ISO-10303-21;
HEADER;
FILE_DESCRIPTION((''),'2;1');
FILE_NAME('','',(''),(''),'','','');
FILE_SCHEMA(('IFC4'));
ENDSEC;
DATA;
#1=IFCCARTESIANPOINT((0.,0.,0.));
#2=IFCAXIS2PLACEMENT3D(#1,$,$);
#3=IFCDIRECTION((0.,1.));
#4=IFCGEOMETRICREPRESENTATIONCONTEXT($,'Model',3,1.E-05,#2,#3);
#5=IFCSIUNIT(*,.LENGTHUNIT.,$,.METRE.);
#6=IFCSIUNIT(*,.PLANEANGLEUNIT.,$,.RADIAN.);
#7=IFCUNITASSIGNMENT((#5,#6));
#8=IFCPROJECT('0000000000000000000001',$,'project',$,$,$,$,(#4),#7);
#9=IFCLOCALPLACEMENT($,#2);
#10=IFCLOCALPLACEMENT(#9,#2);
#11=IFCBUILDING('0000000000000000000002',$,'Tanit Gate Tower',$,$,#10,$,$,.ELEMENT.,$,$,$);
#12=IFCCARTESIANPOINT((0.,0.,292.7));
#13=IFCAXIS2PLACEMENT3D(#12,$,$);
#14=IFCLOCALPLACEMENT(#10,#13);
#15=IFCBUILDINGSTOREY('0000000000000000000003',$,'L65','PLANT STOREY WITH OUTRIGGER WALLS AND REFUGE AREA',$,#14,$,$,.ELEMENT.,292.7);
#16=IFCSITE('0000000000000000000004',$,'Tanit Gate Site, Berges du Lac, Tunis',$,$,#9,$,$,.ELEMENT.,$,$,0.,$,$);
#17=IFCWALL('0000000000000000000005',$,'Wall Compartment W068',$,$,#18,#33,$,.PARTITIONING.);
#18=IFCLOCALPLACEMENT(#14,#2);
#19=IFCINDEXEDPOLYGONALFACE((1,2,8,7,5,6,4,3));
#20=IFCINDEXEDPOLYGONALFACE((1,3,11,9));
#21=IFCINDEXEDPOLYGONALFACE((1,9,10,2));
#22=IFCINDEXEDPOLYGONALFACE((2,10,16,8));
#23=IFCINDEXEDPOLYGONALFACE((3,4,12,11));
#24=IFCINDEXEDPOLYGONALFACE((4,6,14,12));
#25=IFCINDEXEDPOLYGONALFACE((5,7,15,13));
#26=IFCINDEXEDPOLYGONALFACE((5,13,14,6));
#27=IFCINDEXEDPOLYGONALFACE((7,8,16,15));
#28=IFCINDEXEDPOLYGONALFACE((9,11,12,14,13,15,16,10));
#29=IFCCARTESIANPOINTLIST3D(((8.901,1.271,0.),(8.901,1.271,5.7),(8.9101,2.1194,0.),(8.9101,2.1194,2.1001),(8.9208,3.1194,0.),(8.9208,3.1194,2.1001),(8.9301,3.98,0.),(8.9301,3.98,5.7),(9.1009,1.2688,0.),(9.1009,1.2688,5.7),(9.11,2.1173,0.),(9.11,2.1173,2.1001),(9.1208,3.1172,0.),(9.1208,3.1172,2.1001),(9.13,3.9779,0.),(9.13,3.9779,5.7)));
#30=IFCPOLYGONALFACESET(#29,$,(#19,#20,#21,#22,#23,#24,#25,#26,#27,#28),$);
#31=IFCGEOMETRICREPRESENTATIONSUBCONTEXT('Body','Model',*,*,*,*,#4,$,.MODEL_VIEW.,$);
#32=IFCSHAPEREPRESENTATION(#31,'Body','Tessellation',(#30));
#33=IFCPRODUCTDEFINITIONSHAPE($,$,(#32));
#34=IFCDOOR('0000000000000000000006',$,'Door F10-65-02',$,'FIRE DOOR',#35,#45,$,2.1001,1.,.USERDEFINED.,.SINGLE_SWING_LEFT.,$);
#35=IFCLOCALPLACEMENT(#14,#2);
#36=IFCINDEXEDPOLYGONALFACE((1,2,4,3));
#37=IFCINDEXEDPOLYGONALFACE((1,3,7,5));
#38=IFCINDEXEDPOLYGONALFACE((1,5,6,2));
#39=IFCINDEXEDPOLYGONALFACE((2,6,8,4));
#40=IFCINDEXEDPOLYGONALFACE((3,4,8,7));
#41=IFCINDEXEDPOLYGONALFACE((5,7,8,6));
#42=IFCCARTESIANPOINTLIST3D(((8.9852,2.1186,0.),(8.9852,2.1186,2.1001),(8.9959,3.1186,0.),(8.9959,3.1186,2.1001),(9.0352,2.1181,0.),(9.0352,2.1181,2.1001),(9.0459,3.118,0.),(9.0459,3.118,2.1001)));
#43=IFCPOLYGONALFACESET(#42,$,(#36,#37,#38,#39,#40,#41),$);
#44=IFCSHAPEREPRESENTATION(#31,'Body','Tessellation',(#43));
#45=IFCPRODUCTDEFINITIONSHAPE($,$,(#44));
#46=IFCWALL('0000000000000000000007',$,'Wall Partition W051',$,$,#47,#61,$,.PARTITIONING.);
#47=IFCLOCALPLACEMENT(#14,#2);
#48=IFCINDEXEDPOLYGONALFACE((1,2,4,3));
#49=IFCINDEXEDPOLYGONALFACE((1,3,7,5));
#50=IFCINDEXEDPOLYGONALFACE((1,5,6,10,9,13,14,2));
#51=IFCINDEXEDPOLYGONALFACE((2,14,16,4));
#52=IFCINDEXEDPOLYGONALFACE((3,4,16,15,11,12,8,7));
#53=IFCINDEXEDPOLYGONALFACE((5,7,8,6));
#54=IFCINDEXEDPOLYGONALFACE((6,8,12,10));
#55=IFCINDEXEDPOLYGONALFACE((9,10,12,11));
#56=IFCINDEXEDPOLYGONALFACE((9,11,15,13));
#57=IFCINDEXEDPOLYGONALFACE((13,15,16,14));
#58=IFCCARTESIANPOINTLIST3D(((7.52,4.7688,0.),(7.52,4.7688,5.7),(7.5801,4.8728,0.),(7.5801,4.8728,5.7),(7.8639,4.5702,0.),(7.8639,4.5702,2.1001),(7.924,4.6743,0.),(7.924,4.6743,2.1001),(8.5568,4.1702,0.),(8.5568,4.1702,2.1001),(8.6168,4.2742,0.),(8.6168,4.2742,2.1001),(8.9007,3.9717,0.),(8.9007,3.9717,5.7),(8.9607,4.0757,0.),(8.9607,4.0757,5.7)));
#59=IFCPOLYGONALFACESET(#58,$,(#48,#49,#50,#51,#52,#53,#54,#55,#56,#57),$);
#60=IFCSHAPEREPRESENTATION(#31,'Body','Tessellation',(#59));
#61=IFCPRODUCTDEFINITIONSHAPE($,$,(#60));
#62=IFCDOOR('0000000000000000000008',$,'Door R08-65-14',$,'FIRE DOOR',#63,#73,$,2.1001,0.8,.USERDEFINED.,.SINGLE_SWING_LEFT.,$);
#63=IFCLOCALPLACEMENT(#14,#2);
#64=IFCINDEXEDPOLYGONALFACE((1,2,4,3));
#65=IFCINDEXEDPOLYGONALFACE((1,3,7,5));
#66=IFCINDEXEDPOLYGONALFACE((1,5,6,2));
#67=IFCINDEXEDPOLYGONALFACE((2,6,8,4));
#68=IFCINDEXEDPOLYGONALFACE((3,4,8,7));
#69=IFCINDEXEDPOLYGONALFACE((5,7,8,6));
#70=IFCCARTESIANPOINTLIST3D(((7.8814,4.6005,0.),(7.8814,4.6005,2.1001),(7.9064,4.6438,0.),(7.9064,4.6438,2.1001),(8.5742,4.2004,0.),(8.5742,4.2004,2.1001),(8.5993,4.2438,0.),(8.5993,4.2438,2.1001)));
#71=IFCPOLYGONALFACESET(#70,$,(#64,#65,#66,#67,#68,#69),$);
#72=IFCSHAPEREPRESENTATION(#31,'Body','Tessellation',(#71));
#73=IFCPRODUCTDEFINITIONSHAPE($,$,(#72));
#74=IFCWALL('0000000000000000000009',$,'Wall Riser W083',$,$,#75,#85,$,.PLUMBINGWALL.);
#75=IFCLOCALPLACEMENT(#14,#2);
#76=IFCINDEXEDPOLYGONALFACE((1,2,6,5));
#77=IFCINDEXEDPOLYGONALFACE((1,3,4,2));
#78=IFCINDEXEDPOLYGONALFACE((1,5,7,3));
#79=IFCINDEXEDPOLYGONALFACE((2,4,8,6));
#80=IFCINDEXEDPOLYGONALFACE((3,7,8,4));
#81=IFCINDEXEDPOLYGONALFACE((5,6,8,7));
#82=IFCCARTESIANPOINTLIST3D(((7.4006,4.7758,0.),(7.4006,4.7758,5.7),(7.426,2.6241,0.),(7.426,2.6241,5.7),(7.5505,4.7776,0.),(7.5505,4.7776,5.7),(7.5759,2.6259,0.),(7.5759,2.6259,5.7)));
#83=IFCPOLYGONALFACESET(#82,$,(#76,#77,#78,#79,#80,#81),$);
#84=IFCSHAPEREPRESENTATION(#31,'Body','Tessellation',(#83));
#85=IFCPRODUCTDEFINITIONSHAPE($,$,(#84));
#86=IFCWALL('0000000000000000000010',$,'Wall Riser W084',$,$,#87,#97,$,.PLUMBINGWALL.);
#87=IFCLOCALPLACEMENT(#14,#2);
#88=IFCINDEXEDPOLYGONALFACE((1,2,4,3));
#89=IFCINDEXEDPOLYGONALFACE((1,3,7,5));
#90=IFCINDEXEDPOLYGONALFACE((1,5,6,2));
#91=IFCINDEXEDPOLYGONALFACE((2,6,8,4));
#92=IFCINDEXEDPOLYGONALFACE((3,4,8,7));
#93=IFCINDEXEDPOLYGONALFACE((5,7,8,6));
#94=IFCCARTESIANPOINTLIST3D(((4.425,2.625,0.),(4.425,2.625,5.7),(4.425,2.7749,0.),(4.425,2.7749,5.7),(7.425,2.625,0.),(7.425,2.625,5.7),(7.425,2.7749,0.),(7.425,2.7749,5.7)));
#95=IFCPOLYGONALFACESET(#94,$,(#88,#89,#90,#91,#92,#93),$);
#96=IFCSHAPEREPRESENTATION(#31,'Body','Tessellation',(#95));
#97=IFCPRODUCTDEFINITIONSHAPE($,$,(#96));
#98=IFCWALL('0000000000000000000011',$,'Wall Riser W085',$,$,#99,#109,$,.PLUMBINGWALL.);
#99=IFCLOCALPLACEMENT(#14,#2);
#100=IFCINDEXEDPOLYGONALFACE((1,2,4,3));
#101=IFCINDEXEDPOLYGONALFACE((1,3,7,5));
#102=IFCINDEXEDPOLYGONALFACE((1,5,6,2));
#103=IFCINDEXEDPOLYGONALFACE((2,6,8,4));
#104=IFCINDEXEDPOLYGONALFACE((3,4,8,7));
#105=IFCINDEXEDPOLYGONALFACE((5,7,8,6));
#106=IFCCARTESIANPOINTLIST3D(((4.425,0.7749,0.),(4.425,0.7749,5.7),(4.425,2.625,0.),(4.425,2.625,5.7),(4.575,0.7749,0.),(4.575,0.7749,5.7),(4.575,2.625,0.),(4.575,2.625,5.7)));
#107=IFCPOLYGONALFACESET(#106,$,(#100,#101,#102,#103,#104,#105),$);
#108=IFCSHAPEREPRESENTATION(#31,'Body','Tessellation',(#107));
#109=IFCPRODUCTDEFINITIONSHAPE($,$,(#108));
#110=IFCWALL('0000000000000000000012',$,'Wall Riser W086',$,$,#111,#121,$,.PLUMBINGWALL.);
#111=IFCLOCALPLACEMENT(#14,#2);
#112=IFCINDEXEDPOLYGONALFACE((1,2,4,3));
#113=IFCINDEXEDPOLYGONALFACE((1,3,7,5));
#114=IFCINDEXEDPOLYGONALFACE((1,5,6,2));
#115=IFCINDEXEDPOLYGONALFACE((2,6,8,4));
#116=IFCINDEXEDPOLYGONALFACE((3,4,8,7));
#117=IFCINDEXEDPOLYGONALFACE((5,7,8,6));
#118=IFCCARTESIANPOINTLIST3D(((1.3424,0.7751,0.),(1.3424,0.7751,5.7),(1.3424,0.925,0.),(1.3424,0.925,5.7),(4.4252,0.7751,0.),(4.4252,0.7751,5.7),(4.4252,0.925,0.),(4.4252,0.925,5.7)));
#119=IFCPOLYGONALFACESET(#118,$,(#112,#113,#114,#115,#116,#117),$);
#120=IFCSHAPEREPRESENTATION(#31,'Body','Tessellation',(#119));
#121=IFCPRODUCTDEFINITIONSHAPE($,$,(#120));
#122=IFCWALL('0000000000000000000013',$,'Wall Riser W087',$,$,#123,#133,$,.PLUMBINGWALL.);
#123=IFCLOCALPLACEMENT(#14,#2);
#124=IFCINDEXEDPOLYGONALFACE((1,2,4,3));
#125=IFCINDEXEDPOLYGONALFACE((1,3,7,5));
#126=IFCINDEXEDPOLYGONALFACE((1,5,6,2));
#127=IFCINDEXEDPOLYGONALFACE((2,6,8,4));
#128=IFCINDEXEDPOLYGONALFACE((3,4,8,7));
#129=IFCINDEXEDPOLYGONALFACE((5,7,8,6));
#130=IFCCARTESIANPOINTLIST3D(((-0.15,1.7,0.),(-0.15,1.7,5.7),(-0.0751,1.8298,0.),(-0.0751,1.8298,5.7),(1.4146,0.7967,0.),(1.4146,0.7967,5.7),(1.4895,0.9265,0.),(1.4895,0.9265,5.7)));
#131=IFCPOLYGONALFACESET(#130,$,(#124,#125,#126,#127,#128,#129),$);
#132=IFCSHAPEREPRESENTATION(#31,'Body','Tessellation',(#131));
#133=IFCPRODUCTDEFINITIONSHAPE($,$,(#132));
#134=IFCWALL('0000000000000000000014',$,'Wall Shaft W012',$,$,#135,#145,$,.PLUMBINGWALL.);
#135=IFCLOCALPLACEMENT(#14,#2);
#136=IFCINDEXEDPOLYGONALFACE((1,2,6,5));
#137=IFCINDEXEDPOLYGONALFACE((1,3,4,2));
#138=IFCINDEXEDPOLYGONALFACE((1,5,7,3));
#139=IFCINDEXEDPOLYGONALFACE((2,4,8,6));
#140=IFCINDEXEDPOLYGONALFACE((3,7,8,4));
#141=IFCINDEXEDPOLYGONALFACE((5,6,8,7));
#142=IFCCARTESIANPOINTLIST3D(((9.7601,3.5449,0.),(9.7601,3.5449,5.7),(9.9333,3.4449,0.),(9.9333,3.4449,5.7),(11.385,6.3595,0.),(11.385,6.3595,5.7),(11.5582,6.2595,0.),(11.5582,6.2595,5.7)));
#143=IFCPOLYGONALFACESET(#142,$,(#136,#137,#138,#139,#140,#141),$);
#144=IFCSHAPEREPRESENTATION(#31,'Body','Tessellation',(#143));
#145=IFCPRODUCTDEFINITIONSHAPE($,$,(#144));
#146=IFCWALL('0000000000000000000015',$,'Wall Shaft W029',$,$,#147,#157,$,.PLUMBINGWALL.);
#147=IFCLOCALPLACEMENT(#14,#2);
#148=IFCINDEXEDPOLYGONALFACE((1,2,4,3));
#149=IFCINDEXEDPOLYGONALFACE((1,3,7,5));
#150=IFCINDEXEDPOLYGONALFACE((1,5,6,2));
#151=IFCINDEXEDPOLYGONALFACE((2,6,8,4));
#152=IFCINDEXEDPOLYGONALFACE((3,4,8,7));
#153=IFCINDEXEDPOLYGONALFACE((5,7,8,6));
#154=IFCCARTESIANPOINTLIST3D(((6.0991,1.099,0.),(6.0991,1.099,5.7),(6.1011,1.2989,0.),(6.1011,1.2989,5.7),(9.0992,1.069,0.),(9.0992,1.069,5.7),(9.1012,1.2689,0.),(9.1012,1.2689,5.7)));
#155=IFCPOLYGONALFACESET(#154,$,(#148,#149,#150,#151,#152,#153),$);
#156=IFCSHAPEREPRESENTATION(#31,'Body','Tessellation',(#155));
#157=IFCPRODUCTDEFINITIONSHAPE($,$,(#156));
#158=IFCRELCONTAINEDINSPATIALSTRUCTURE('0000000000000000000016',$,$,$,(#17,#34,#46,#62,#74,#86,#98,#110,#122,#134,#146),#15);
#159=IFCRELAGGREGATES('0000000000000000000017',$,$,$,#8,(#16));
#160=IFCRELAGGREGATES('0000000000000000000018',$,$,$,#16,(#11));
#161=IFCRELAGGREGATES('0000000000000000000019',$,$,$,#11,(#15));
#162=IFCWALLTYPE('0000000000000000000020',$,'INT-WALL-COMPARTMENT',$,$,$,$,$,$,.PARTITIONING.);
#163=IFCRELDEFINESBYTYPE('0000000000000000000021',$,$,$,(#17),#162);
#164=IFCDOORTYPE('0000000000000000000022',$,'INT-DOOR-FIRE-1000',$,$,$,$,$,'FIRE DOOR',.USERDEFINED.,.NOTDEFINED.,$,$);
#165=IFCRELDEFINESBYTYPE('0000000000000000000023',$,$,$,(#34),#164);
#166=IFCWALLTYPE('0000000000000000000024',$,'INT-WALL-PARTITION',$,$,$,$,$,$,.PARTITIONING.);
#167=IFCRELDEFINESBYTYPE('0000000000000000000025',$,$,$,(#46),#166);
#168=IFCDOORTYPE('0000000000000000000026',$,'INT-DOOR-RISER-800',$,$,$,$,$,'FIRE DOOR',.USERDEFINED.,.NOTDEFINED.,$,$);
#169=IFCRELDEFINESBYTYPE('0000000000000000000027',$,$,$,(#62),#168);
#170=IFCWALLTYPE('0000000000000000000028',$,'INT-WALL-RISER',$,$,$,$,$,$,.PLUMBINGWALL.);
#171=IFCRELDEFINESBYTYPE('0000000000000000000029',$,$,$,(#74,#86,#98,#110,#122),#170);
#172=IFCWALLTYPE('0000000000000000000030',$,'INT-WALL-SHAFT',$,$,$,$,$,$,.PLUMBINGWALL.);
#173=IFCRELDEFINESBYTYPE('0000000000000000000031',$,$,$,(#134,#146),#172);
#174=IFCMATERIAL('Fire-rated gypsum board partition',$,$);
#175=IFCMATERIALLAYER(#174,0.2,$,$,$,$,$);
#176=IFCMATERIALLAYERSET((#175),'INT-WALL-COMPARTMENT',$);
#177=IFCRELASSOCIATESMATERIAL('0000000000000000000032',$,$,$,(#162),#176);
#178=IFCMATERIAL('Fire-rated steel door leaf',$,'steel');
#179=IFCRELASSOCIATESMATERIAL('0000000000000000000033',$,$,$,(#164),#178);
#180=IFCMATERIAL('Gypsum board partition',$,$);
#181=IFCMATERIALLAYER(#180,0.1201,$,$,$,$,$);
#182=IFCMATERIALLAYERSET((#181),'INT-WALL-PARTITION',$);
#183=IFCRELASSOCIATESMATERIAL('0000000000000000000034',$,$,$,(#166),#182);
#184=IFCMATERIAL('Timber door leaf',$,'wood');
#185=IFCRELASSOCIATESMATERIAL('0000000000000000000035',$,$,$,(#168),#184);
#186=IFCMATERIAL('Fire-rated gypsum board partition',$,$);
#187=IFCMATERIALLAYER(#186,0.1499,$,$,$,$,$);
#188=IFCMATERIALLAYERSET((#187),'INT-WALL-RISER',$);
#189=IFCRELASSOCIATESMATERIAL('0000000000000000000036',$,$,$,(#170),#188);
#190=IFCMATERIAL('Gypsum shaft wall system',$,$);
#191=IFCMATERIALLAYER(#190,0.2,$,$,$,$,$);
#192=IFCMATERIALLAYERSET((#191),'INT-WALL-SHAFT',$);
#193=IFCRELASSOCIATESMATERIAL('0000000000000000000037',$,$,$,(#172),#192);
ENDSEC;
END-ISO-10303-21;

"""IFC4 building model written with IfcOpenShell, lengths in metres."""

from ifc_helpers import new_model, si_unit, direction, frame, frame_2d, origin, place, context, subcontext, project, spatial, rectangle, extrude, material, layer, layer_set, type_object, element, fill, save


model = new_model("IFC4")

# Units and contexts
model_context = context("Model", 3, precision=1e-05, world=origin(), true_north=direction((0.0, 1.0)))
body_context = subcontext(model_context, "Body", "Model", "MODEL_VIEW")
ifc_project = project(units=[si_unit("LENGTHUNIT", "METRE"), si_unit("PLANEANGLEUNIT", "RADIAN")], contexts=[model_context])

# Site, building, storey
site_placement = place(None, origin())
site = spatial("IfcSite", under=ifc_project, at=site_placement, Name="Tanit Gate Site, Berges du Lac, Tunis", CompositionType="ELEMENT", RefElevation=0.0)
building_placement = place(site_placement, origin())
building = spatial("IfcBuilding", under=site, at=building_placement, Name="Tanit Gate Tower", CompositionType="ELEMENT")
storey_placement = place(building_placement, frame((0.0, 0.0, 292.7)))
storey = spatial("IfcBuildingStorey", under=building, at=storey_placement, Name="L65", Description="PLANT STOREY WITH OUTRIGGER WALLS AND REFUGE AREA", CompositionType="ELEMENT", Elevation=292.7)

# Shared definitions
ifc_material_1 = material(Name="Fire-rated gypsum board partition")
ifc_layer_1 = layer(ifc_material_1, 0.2)
ifc_layer_set_1 = layer_set([ifc_layer_1], Name="INT-WALL-COMPARTMENT")
wall_type_1 = type_object("IfcWallType", Name="INT-WALL-COMPARTMENT", PredefinedType="PARTITIONING", material=ifc_layer_set_1)

# Walls, openings, doors
wall_1_placement = place(storey_placement, frame((9.001, 1.27, 0.0), z_axis=(0.0, 0.0, 1.0), x_axis=(0.010724, 0.999942, 0.0)))
wall_1 = element("IfcWall", 1, at=wall_1_placement, inside=storey, type_object=wall_type_1, Name="Wall Compartment W068", PredefinedType="PARTITIONING", context=body_context, shape_type="SweptSolid", body=[
    extrude(rectangle(XDim=2.7092, YDim=0.2, at=frame_2d((1.3545, 0.0))), origin(), (0.0, 0.0, 1.0), 5.7),
])
opening_1_placement = place(wall_1_placement, frame((0.8484, 0.0, 0.0)))
opening_1 = element("IfcOpeningElement", 2, at=opening_1_placement, cuts=wall_1, PredefinedType="OPENING", context=body_context, shape_type="SweptSolid", body=[
    extrude(rectangle(XDim=1.0, YDim=2.1001, at=frame_2d((0.5, 1.05))), frame((0.0, 0.1099, 0.0), z_axis=(0.0, -1.0, 0.0), x_axis=(1.0, 0.0, 0.0)), (0.0, 0.0, 1.0), 0.22),
])
ifc_material_2 = material(Name="Fire-rated steel door leaf", Category="steel")
door_type_1 = type_object("IfcDoorType", Name="INT-DOOR-FIRE-1000", ElementType="FIRE DOOR", OperationType="NOTDEFINED", PredefinedType="USERDEFINED", material=ifc_material_2)
door_1_placement = place(opening_1_placement, origin())
door_1 = element("IfcDoor", 3, at=door_1_placement, inside=storey, type_object=door_type_1, Name="Door F10-65-02", ObjectType="FIRE DOOR", OperationType="SINGLE_SWING_LEFT", OverallHeight=2.1001, OverallWidth=1.0, PredefinedType="USERDEFINED", context=body_context, shape_type="SweptSolid", body=[
    extrude(rectangle(XDim=1.0, YDim=2.1001, at=frame_2d((0.5, 1.05))), frame((0.0, 0.0249, 0.0), z_axis=(0.0, -1.0, 0.0), x_axis=(1.0, 0.0, 0.0)), (0.0, 0.0, 1.0), 0.05),
])
fill(opening_1, door_1)
ifc_material_3 = material(Name="Gypsum board partition")
ifc_layer_2 = layer(ifc_material_3, 0.1201)
ifc_layer_set_2 = layer_set([ifc_layer_2], Name="INT-WALL-PARTITION")
wall_type_2 = type_object("IfcWallType", Name="INT-WALL-PARTITION", PredefinedType="PARTITIONING", material=ifc_layer_set_2)
wall_2_placement = place(storey_placement, frame((7.55, 4.8208, 0.0), z_axis=(0.0, 0.0, 1.0), x_axis=(0.86602, -0.50001, 0.0)))
wall_2 = element("IfcWall", 4, at=wall_2_placement, inside=storey, type_object=wall_type_2, Name="Wall Partition W051", PredefinedType="PARTITIONING", context=body_context, shape_type="SweptSolid", body=[
    extrude(rectangle(XDim=1.5942, YDim=0.1201, at=frame_2d((0.7971, 0.0))), origin(), (0.0, 0.0, 1.0), 5.7),
])
opening_2_placement = place(wall_2_placement, frame((0.3972, 0.0, 0.0)))
opening_2 = element("IfcOpeningElement", 5, at=opening_2_placement, cuts=wall_2, PredefinedType="OPENING", context=body_context, shape_type="SweptSolid", body=[
    extrude(rectangle(XDim=0.8, YDim=2.1001, at=frame_2d((0.3999, 1.05))), frame((0.0, 0.0701, 0.0), z_axis=(0.0, -1.0, 0.0), x_axis=(1.0, 0.0, 0.0)), (0.0, 0.0, 1.0), 0.1401),
])
ifc_material_4 = material(Name="Timber door leaf", Category="wood")
door_type_2 = type_object("IfcDoorType", Name="INT-DOOR-RISER-800", ElementType="FIRE DOOR", OperationType="NOTDEFINED", PredefinedType="USERDEFINED", material=ifc_material_4)
door_2_placement = place(opening_2_placement, origin())
door_2 = element("IfcDoor", 6, at=door_2_placement, inside=storey, type_object=door_type_2, Name="Door R08-65-14", ObjectType="FIRE DOOR", OperationType="SINGLE_SWING_LEFT", OverallHeight=2.1001, OverallWidth=0.8, PredefinedType="USERDEFINED", context=body_context, shape_type="SweptSolid", body=[
    extrude(rectangle(XDim=0.8, YDim=2.1001, at=frame_2d((0.3999, 1.05))), frame((0.0, 0.0249, 0.0), z_axis=(0.0, -1.0, 0.0), x_axis=(1.0, 0.0, 0.0)), (0.0, 0.0, 1.0), 0.05),
])
fill(opening_2, door_2)

# Walls
ifc_material_5 = material(Name="Fire-rated gypsum board partition")
ifc_layer_3 = layer(ifc_material_5, 0.1499)
ifc_layer_set_3 = layer_set([ifc_layer_3], Name="INT-WALL-RISER")
wall_type_3 = type_object("IfcWallType", Name="INT-WALL-RISER", PredefinedType="PLUMBINGWALL", material=ifc_layer_set_3)
wall_3_placement = place(storey_placement, frame((7.501, 2.625, 0.0), z_axis=(0.0, 0.0, 1.0), x_axis=(-0.0118, 0.99993, 0.0)))
element("IfcWall", 7, at=wall_3_placement, inside=storey, type_object=wall_type_3, Name="Wall Riser W083", PredefinedType="PLUMBINGWALL", context=body_context, shape_type="SweptSolid", body=[
    extrude(rectangle(XDim=2.1519, YDim=0.1499, at=frame_2d((1.0759, 0.0))), origin(), (0.0, 0.0, 1.0), 5.7),
])
wall_4_placement = place(storey_placement, frame((4.425, 2.7, 0.0), z_axis=(0.0, 0.0, 1.0), x_axis=(1.0, 0.0, 0.0)))
element("IfcWall", 8, at=wall_4_placement, inside=storey, type_object=wall_type_3, Name="Wall Riser W084", PredefinedType="PLUMBINGWALL", context=body_context, shape_type="SweptSolid", body=[
    extrude(rectangle(XDim=3.0, YDim=0.1499, at=frame_2d((1.5, 0.0))), origin(), (0.0, 0.0, 1.0), 5.7),
])
wall_5_placement = place(storey_placement, frame((4.5, 0.7749, 0.0), z_axis=(0.0, 0.0, 1.0), x_axis=(0.0, 1.0, 0.0)))
element("IfcWall", 9, at=wall_5_placement, inside=storey, type_object=wall_type_3, Name="Wall Riser W085", PredefinedType="PLUMBINGWALL", context=body_context, shape_type="SweptSolid", body=[
    extrude(rectangle(XDim=1.8501, YDim=0.1499, at=frame_2d((0.925, 0.0))), origin(), (0.0, 0.0, 1.0), 5.7),
])
wall_6_placement = place(storey_placement, frame((1.3423, 0.8501, 0.0), z_axis=(0.0, 0.0, 1.0), x_axis=(1.0, 0.0, 0.0)))
element("IfcWall", 10, at=wall_6_placement, inside=storey, type_object=wall_type_3, Name="Wall Riser W086", PredefinedType="PLUMBINGWALL", context=body_context, shape_type="SweptSolid", body=[
    extrude(rectangle(XDim=3.0828, YDim=0.1499, at=frame_2d((1.5415, 0.0))), origin(), (0.0, 0.0, 1.0), 5.7),
])
wall_7_placement = place(storey_placement, frame((-0.1125, 1.7649, 0.0), z_axis=(0.0, 0.0, 1.0), x_axis=(0.866039, -0.499976, 0.0)))
element("IfcWall", 11, at=wall_7_placement, inside=storey, type_object=wall_type_3, Name="Wall Riser W087", PredefinedType="PLUMBINGWALL", context=body_context, shape_type="SweptSolid", body=[
    extrude(rectangle(XDim=1.8066, YDim=0.1499, at=frame_2d((0.9033, 0.0))), origin(), (0.0, 0.0, 1.0), 5.7),
])
ifc_material_6 = material(Name="Gypsum shaft wall system")
ifc_layer_4 = layer(ifc_material_6, 0.2)
ifc_layer_set_4 = layer_set([ifc_layer_4], Name="INT-WALL-SHAFT")
wall_type_4 = type_object("IfcWallType", Name="INT-WALL-SHAFT", PredefinedType="PLUMBINGWALL", material=ifc_layer_set_4)
wall_8_placement = place(storey_placement, frame((9.8467, 3.4949, 0.0), z_axis=(0.0, 0.0, 1.0), x_axis=(0.499985, 0.866034, 0.0)))
element("IfcWall", 12, at=wall_8_placement, inside=storey, type_object=wall_type_4, Name="Wall Shaft W012", PredefinedType="PLUMBINGWALL", context=body_context, shape_type="SweptSolid", body=[
    extrude(rectangle(XDim=3.25, YDim=0.2, at=frame_2d((1.625, 0.0))), origin(), (0.0, 0.0, 1.0), 5.7),
])

# Wall
wall_9_placement = place(storey_placement, frame((9.1001, 1.1689, 0.0), z_axis=(0.0, 0.0, 1.0), x_axis=(-0.99995, 0.010009, 0.0)))
element("IfcWall", 13, at=wall_9_placement, inside=storey, type_object=wall_type_4, Name="Wall Shaft W029", PredefinedType="PLUMBINGWALL", context=body_context, shape_type="SweptSolid", body=[
    extrude(rectangle(XDim=3.0002, YDim=0.2, at=frame_2d((1.5, 0.0))), origin(), (0.0, 0.0, 1.0), 5.7),
])

save(model, "model.ifc")
